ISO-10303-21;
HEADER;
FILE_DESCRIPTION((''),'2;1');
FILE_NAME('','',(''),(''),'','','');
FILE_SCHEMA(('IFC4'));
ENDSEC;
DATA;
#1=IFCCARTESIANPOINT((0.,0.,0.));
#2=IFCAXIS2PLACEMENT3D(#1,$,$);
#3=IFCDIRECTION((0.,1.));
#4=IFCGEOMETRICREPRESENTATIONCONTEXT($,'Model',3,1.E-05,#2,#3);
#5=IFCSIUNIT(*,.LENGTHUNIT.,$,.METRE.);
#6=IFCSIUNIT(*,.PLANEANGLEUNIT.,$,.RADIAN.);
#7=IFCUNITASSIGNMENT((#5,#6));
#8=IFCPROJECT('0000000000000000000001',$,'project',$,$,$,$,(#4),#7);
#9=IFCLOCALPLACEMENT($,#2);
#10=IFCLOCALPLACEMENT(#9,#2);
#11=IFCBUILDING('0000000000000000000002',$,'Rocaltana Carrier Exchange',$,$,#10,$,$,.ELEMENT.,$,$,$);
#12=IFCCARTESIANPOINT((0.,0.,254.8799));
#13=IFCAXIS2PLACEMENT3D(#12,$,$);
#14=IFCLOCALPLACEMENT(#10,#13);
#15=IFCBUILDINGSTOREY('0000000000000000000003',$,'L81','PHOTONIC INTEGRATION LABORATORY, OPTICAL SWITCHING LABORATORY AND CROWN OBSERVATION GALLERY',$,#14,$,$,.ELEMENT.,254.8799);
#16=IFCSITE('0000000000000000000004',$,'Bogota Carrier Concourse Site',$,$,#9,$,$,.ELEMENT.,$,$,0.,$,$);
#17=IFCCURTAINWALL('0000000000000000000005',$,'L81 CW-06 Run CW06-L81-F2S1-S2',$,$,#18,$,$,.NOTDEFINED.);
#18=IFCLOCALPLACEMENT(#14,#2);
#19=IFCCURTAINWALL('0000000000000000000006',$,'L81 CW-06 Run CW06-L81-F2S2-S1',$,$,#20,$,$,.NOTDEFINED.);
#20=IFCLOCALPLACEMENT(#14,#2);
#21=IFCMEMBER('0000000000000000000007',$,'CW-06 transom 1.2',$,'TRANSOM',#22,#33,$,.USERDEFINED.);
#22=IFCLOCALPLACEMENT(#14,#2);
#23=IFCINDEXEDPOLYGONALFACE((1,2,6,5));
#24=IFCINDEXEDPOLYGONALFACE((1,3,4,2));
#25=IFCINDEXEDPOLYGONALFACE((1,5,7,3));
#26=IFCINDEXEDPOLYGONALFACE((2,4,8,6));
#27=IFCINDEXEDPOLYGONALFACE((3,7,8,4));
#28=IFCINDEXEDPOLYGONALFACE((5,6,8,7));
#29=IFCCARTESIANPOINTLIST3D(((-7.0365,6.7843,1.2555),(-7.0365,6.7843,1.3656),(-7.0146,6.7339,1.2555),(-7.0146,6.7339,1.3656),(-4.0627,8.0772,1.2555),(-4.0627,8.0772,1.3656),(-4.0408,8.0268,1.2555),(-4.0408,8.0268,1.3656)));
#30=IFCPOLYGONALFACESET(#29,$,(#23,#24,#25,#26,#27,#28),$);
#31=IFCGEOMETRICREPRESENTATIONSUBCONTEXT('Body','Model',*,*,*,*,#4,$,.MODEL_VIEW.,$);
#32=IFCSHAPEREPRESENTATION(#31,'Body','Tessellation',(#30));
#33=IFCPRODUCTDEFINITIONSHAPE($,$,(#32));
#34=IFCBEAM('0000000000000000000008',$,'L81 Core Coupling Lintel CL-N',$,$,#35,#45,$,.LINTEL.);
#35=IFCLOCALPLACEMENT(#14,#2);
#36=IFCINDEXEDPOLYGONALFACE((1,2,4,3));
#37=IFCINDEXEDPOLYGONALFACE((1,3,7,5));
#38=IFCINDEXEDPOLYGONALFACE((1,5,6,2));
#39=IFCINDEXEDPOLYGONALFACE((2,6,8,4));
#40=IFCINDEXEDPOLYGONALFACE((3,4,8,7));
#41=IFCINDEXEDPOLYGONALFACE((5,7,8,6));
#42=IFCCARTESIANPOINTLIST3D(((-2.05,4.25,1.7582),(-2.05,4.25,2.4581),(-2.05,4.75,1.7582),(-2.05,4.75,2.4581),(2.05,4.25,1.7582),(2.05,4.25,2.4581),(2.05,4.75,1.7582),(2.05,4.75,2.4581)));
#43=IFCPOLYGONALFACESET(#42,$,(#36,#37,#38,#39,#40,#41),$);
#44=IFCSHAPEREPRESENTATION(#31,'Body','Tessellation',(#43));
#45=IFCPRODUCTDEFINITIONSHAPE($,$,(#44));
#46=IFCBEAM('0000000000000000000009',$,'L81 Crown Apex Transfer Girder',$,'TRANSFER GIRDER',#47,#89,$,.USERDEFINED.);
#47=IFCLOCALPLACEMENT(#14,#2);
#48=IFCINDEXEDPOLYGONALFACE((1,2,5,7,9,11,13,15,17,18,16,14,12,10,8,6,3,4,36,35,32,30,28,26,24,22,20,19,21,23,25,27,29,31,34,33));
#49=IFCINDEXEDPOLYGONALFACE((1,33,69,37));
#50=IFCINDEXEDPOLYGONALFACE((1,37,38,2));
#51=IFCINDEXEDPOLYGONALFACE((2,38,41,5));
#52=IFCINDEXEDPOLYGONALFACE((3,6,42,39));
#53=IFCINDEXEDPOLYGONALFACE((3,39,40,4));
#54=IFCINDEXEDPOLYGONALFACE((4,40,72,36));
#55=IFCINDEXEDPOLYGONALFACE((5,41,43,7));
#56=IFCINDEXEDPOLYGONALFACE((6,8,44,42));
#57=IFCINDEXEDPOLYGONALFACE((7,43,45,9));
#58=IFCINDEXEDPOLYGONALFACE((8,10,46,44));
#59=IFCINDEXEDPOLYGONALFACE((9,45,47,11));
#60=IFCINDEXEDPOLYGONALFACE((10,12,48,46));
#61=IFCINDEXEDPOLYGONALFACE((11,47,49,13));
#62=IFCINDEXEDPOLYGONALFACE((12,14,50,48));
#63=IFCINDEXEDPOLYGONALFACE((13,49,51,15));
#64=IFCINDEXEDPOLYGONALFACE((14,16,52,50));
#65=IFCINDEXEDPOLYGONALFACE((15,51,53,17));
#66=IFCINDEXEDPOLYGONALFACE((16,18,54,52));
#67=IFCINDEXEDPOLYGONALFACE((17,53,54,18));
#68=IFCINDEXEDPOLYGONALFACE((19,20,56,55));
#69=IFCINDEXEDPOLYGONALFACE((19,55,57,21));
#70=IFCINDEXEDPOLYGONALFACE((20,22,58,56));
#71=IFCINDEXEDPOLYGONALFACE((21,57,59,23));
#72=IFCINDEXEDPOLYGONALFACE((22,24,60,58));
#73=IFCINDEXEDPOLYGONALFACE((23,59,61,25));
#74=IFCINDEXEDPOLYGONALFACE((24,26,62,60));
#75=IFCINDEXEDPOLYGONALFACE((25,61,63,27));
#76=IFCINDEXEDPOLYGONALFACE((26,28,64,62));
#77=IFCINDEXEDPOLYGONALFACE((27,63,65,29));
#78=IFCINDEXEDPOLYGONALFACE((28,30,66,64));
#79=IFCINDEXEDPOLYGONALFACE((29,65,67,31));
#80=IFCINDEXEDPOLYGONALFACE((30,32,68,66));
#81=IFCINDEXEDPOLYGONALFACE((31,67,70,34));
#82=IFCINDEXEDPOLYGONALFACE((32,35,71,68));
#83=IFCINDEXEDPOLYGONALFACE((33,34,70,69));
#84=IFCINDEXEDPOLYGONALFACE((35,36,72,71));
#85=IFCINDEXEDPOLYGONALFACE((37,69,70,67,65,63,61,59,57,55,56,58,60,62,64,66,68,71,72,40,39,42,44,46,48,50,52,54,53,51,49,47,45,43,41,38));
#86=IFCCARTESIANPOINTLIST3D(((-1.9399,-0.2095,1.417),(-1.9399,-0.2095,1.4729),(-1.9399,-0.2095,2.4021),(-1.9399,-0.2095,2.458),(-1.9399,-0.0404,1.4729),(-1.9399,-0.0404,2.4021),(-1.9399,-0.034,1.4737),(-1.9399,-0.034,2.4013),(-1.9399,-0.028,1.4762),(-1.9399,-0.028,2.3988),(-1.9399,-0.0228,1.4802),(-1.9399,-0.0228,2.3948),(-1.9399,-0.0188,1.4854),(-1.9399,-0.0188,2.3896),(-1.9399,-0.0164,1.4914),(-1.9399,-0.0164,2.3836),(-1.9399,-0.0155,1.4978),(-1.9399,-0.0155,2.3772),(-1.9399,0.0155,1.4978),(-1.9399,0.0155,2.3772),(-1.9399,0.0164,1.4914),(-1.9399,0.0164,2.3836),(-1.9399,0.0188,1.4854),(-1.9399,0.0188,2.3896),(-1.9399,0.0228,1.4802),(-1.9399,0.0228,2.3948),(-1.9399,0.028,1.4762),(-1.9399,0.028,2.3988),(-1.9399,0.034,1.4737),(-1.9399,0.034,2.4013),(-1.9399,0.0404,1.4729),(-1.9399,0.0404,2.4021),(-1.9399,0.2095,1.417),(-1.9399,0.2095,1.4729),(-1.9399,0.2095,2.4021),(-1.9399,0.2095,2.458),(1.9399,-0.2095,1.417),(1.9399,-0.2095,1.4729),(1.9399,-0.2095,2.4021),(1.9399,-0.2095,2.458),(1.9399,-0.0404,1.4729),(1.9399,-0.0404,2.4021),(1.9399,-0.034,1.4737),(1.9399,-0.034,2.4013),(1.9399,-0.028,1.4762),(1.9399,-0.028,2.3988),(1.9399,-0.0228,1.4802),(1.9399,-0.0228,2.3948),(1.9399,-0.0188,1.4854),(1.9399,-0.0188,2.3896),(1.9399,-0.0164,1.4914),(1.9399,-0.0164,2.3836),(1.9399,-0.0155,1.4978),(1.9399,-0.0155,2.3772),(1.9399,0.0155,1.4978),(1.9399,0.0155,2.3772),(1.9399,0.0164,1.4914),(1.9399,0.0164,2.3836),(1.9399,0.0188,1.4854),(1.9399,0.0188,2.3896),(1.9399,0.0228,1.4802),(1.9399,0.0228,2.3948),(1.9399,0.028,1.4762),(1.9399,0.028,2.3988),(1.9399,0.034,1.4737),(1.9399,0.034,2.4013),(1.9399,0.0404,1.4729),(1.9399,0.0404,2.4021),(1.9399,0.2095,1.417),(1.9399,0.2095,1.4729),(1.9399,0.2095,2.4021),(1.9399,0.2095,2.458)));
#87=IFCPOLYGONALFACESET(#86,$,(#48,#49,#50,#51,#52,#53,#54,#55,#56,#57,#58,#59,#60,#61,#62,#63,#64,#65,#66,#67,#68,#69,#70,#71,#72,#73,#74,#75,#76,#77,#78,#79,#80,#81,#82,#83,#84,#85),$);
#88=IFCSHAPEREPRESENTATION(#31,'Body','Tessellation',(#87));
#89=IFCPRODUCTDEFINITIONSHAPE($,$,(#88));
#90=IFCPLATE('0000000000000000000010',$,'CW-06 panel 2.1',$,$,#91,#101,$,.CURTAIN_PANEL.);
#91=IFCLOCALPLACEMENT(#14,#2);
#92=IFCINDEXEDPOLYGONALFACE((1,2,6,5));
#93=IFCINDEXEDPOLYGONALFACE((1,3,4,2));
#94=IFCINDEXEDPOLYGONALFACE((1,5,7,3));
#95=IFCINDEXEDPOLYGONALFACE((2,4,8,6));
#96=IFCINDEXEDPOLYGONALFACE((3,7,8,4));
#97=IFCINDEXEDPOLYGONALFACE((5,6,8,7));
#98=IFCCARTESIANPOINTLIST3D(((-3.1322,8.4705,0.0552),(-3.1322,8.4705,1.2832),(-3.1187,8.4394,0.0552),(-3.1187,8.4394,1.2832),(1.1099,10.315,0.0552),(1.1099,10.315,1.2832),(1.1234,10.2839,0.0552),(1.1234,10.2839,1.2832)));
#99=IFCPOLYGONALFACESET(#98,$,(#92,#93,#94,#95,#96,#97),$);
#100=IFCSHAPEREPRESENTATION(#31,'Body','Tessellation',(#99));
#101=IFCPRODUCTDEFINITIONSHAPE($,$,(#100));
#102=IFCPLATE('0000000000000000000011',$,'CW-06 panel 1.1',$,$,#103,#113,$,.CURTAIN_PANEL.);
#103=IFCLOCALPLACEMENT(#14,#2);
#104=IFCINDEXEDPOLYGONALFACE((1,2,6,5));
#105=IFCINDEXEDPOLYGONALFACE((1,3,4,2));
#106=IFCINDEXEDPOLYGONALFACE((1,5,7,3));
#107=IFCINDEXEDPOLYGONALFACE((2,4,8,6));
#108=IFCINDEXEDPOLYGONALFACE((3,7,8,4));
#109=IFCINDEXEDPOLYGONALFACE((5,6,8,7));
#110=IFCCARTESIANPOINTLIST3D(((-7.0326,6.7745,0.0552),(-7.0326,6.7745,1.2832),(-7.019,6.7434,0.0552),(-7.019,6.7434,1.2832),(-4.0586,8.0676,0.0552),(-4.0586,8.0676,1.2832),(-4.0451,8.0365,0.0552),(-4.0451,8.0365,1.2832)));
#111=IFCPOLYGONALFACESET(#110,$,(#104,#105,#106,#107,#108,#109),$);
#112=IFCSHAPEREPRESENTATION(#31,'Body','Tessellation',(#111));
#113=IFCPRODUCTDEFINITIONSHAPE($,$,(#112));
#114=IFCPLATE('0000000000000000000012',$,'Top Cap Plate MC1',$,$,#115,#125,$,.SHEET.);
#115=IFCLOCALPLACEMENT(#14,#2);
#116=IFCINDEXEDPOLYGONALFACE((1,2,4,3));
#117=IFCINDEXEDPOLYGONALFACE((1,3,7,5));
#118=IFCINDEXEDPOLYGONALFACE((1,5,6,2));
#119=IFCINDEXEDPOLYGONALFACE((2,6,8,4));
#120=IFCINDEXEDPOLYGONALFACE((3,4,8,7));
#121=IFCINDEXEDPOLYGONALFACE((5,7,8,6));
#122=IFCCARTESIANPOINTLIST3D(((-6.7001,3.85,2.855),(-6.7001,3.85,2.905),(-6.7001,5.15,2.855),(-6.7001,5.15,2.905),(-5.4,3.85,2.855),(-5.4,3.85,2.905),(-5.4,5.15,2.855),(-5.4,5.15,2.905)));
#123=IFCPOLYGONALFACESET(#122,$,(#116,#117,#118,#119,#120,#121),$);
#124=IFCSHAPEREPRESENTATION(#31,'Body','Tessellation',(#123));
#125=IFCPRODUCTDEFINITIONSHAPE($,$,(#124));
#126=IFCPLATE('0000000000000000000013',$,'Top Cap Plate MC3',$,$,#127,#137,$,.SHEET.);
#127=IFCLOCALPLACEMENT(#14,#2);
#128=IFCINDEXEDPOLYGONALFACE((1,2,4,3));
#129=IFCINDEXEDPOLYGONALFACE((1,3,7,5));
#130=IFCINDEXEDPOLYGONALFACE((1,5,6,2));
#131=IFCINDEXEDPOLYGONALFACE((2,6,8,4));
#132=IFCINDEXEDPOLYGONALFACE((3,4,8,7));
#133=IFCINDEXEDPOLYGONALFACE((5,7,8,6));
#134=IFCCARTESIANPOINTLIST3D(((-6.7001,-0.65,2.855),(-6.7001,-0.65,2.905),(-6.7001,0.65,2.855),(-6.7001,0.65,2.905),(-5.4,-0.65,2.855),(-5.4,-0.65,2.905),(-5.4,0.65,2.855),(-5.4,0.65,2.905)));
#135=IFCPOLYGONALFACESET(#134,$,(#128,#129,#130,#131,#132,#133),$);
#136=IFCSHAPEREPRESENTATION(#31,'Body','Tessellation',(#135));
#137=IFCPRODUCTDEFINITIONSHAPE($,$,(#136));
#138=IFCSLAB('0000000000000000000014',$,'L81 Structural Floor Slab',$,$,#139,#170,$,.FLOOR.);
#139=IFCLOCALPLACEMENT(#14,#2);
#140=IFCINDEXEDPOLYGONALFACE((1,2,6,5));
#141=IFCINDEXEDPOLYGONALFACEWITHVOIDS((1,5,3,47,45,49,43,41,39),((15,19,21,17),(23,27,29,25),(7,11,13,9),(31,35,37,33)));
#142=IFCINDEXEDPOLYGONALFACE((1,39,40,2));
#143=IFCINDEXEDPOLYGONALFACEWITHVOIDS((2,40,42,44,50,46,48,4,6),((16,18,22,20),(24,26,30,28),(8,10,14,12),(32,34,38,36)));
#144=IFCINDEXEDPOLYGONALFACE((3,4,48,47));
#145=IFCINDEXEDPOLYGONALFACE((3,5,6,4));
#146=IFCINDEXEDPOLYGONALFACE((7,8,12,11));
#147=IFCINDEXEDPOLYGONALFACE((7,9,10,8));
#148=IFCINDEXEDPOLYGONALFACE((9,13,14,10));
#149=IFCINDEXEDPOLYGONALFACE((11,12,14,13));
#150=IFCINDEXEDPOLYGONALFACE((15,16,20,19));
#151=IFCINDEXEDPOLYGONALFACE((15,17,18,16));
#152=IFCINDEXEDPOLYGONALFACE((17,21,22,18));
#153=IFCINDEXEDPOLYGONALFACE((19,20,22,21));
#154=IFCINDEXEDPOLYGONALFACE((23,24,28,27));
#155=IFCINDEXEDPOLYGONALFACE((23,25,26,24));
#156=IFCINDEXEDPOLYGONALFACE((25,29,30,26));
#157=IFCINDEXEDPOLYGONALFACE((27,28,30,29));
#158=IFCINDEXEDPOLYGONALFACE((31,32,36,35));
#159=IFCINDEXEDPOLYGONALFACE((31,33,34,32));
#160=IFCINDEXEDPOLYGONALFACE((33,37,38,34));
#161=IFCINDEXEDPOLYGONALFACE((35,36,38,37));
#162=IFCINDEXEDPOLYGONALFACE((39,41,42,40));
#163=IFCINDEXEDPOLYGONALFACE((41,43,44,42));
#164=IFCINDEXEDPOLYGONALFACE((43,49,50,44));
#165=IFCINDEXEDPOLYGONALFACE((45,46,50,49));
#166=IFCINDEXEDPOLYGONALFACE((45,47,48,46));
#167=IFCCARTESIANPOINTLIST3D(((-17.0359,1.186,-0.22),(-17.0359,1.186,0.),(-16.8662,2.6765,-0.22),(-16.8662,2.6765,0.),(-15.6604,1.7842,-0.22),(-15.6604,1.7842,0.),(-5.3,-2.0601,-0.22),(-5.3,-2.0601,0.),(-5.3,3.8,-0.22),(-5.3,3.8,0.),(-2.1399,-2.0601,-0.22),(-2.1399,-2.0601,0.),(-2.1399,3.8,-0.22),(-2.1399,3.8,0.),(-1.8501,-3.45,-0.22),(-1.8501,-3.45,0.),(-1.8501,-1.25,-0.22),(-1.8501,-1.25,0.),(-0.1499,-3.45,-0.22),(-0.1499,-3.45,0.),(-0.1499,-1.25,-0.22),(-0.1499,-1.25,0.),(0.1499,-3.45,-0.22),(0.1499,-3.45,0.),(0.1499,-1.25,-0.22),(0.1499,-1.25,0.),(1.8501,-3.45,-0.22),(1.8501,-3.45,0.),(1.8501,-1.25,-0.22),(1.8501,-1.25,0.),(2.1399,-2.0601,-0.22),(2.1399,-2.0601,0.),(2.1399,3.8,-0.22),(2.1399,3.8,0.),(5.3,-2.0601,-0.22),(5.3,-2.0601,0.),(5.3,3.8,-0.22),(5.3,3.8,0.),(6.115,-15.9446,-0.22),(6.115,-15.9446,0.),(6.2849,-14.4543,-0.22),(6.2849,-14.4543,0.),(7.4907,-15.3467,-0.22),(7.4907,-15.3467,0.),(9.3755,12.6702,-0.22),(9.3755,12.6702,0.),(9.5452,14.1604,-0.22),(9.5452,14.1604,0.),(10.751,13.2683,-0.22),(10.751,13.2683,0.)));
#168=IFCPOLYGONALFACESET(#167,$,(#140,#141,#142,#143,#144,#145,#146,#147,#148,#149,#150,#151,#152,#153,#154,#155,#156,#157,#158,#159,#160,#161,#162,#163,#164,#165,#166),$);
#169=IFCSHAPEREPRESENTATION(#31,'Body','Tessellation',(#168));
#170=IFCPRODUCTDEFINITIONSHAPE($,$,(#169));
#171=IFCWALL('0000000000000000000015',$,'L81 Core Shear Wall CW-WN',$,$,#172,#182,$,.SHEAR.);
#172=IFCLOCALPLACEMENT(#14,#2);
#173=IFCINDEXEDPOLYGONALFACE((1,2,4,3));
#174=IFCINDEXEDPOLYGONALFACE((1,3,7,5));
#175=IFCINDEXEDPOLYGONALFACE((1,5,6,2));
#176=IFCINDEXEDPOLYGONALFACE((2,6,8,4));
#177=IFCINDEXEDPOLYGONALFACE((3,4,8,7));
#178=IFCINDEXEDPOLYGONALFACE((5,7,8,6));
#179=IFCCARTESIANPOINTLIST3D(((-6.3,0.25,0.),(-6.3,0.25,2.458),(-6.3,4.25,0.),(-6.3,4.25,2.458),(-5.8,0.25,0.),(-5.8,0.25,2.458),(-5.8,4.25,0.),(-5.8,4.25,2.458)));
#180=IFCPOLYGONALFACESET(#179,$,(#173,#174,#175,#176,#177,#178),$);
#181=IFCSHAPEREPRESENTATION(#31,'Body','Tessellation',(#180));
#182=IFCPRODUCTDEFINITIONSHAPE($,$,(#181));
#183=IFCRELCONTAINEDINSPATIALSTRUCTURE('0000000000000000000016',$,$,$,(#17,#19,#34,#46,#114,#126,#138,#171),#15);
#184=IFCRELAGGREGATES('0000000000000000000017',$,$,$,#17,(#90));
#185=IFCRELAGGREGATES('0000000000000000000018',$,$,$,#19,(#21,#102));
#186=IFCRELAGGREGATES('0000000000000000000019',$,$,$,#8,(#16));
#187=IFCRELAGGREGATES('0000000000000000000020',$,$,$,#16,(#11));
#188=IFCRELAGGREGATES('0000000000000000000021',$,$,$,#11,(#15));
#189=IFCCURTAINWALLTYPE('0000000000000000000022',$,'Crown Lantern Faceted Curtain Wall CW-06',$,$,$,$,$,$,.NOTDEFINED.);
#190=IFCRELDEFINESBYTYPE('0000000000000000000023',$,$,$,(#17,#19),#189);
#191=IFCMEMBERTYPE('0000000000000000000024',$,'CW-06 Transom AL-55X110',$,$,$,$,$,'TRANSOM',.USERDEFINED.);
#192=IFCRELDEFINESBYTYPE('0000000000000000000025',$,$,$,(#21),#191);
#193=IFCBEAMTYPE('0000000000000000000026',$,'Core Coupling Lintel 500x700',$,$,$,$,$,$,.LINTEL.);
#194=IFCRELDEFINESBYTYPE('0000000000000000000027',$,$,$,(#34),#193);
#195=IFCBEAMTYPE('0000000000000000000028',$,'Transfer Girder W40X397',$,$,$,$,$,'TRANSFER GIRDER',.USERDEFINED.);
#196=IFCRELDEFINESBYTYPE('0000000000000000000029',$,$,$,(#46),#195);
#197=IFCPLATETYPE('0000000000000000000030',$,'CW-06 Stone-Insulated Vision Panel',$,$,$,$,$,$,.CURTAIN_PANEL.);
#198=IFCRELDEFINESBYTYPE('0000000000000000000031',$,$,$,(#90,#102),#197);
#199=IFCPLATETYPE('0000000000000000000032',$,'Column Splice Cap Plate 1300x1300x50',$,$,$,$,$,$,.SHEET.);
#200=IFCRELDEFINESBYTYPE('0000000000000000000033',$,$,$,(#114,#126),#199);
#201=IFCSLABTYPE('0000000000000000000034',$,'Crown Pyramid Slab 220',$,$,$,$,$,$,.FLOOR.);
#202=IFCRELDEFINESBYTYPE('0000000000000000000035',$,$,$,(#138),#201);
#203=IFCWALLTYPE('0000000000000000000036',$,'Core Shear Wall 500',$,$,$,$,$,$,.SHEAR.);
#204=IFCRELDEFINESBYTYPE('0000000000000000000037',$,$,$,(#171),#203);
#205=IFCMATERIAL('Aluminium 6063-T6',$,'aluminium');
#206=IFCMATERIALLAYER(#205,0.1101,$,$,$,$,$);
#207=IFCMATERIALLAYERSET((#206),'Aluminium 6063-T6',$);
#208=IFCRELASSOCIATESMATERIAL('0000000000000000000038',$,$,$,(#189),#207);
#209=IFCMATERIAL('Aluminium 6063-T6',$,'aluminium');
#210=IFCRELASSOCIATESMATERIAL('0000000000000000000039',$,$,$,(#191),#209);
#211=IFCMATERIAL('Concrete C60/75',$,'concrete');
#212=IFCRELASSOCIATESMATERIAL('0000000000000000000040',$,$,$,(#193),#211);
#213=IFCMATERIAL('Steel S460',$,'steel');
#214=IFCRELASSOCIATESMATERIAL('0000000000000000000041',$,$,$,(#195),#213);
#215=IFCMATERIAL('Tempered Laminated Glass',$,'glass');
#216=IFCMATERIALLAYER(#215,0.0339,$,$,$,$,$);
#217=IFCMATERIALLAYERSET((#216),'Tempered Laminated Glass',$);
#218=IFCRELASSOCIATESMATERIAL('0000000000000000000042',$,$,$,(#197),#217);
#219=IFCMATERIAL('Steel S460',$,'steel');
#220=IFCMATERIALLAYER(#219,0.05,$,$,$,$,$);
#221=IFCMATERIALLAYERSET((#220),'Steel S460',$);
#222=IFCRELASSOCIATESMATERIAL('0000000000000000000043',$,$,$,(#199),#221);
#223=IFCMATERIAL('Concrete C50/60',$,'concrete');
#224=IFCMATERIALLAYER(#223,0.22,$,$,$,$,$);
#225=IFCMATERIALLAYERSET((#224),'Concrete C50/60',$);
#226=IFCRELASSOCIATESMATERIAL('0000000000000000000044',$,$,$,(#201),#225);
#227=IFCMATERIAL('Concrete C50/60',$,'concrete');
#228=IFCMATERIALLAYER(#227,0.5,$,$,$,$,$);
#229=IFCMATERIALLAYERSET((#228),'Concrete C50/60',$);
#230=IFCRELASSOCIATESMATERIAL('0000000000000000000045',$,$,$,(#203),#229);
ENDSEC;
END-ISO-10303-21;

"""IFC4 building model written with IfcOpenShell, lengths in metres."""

from ifc_helpers import new_model, si_unit, direction, frame, frame_2d, origin, origin_2d, place, context, subcontext, project, spatial, polyline, rectangle, i_section, outline, extrude, material, layer, layer_set, material_profile, profile_set, type_object, element, aggregate, save


model = new_model("IFC4")

# Units and contexts
model_context = context("Model", 3, precision=1e-05, world=origin(), true_north=direction((0.0, 1.0)))
body_context = subcontext(model_context, "Body", "Model", "MODEL_VIEW")
ifc_project = project(units=[si_unit("LENGTHUNIT", "METRE"), si_unit("PLANEANGLEUNIT", "RADIAN")], contexts=[model_context])

# Site, building, storey
site_placement = place(None, origin())
site = spatial("IfcSite", under=ifc_project, at=site_placement, Name="Bogota Carrier Concourse Site", CompositionType="ELEMENT", RefElevation=0.0)
building_placement = place(site_placement, origin())
building = spatial("IfcBuilding", under=site, at=building_placement, Name="Rocaltana Carrier Exchange", CompositionType="ELEMENT")
storey_placement = place(building_placement, frame((0.0, 0.0, 254.8799)))
storey = spatial("IfcBuildingStorey", under=building, at=storey_placement, Name="L81", Description="PHOTONIC INTEGRATION LABORATORY, OPTICAL SWITCHING LABORATORY AND CROWN OBSERVATION GALLERY", CompositionType="ELEMENT", Elevation=254.8799)

# Curtain walls
ifc_material_1 = material(Name="Aluminium 6063-T6", Category="aluminium")
ifc_layer_1 = layer(ifc_material_1, 0.1101)
ifc_layer_set_1 = layer_set([ifc_layer_1], Name="Aluminium 6063-T6")
curtain_wall_type = type_object("IfcCurtainWallType", Name="Crown Lantern Faceted Curtain Wall CW-06", PredefinedType="NOTDEFINED", material=ifc_layer_set_1)
curtain_wall_1_placement = place(storey_placement, origin())
curtain_wall_1 = element("IfcCurtainWall", 1, at=curtain_wall_1_placement, inside=storey, type_object=curtain_wall_type, Name="L81 CW-06 Run CW06-L81-F2S1-S2", PredefinedType="NOTDEFINED")
curtain_wall_2_placement = place(storey_placement, origin())
curtain_wall_2 = element("IfcCurtainWall", 2, at=curtain_wall_2_placement, inside=storey, type_object=curtain_wall_type, Name="L81 CW-06 Run CW06-L81-F2S2-S1", PredefinedType="NOTDEFINED")

# Member
ifc_material_2 = material(Name="Aluminium 6063-T6", Category="aluminium")
ifc_material_profile_1 = material_profile(ifc_material_2, rectangle(XDim=0.0549, YDim=0.1101, at=origin_2d()), Name="AL-55X110")
ifc_profile_set_1 = profile_set([ifc_material_profile_1], Name="Aluminium 6063-T6")
member_type_1 = type_object("IfcMemberType", Name="CW-06 Transom AL-55X110", ElementType="TRANSOM", PredefinedType="USERDEFINED", material=ifc_profile_set_1)
member_1_placement = place(storey_placement, frame((-4.0518, 8.052, 1.3105), z_axis=(-0.917072, -0.398721, 0.0), x_axis=(0.398721, -0.917072, 0.0)))
member_1 = element("IfcMember", 3, at=member_1_placement, type_object=member_type_1, Name="CW-06 transom 1.2", ObjectType="TRANSOM", PredefinedType="USERDEFINED", context=body_context, shape_type="SweptSolid", body=[
    extrude(rectangle(XDim=0.0549, YDim=0.1101, at=origin_2d()), origin(), (0.0, 0.0, 1.0), 3.2427),
])

# Beams
ifc_material_3 = material(Name="Concrete C60/75", Category="concrete")
ifc_material_profile_2 = material_profile(ifc_material_3, rectangle(XDim=0.5, YDim=0.7, at=origin_2d()), Name="RC-BM-500X700")
ifc_profile_set_2 = profile_set([ifc_material_profile_2], Name="Concrete C60/75")
beam_type_1 = type_object("IfcBeamType", Name="Core Coupling Lintel 500x700", PredefinedType="LINTEL", material=ifc_profile_set_2)
beam_1_placement = place(storey_placement, frame((-2.05, 4.5, 2.1082), z_axis=(1.0, 0.0, 0.0), x_axis=(0.0, 1.0, 0.0)))
element("IfcBeam", 4, at=beam_1_placement, inside=storey, type_object=beam_type_1, Name="L81 Core Coupling Lintel CL-N", PredefinedType="LINTEL", context=body_context, shape_type="SweptSolid", body=[
    extrude(rectangle(XDim=0.5, YDim=0.7, at=origin_2d()), origin(), (0.0, 0.0, 1.0), 4.1001),
])
ifc_material_4 = material(Name="Steel S460", Category="steel")
ifc_material_profile_3 = material_profile(ifc_material_4, i_section(OverallWidth=0.4189, OverallDepth=1.041, WebThickness=0.031, FlangeThickness=0.0559, FilletRadius=0.0249, at=origin_2d()), Name="W40X397")
ifc_profile_set_3 = profile_set([ifc_material_profile_3], Name="Steel S460")
beam_type_2 = type_object("IfcBeamType", Name="Transfer Girder W40X397", ElementType="TRANSFER GIRDER", PredefinedType="USERDEFINED", material=ifc_profile_set_3)
beam_2_placement = place(storey_placement, frame((-1.9399, 0.0, 1.9375), z_axis=(1.0, 0.0, 0.0), x_axis=(0.0, 1.0, 0.0)))
element("IfcBeam", 5, at=beam_2_placement, inside=storey, type_object=beam_type_2, Name="L81 Crown Apex Transfer Girder", ObjectType="TRANSFER GIRDER", PredefinedType="USERDEFINED", context=body_context, shape_type="SweptSolid", body=[
    extrude(i_section(OverallWidth=0.4189, OverallDepth=1.041, WebThickness=0.031, FlangeThickness=0.0559, FilletRadius=0.0249, at=origin_2d()), origin(), (0.0, 0.0, 1.0), 3.8799),
])

# Plates
ifc_material_5 = material(Name="Tempered Laminated Glass", Category="glass")
ifc_layer_2 = layer(ifc_material_5, 0.0339)
ifc_layer_set_2 = layer_set([ifc_layer_2], Name="Tempered Laminated Glass")
plate_type_1 = type_object("IfcPlateType", Name="CW-06 Stone-Insulated Vision Panel", PredefinedType="CURTAIN_PANEL", material=ifc_layer_set_2)
plate_1_placement = place(storey_placement, frame((-1.0044, 9.3772, 0.0552), z_axis=(0.0, 0.0, 1.0), x_axis=(-0.917061, -0.398747, 0.0)))
plate_1 = element("IfcPlate", 6, at=plate_1_placement, type_object=plate_type_1, Name="CW-06 panel 2.1", PredefinedType="CURTAIN_PANEL", context=body_context, shape_type="SweptSolid", body=[
    extrude(rectangle(XDim=4.6257, YDim=0.0339, at=origin_2d()), origin(), (0.0, 0.0, 1.0), 1.228),
])
aggregate(curtain_wall_1, [plate_1])
plate_2_placement = place(storey_placement, frame((-5.5388, 7.4055, 0.0552), z_axis=(0.0, 0.0, 1.0), x_axis=(-0.917059, -0.398751, 0.0)))
plate_2 = element("IfcPlate", 7, at=plate_2_placement, type_object=plate_type_1, Name="CW-06 panel 1.1", PredefinedType="CURTAIN_PANEL", context=body_context, shape_type="SweptSolid", body=[
    extrude(rectangle(XDim=3.2429, YDim=0.0339, at=origin_2d()), origin(), (0.0, 0.0, 1.0), 1.228),
])
aggregate(curtain_wall_2, [member_1, plate_2])

# Plates
ifc_material_6 = material(Name="Steel S460", Category="steel")
ifc_layer_3 = layer(ifc_material_6, 0.05)
ifc_layer_set_3 = layer_set([ifc_layer_3], Name="Steel S460")
plate_type_2 = type_object("IfcPlateType", Name="Column Splice Cap Plate 1300x1300x50", PredefinedType="SHEET", material=ifc_layer_set_3)
for number, where, z_axis, x_axis, name in (
    (8, (-6.05, 4.5, 2.855), (0.0, 0.0, 1.0), (1.0, 0.0, 0.0), "Top Cap Plate MC1"),
    (9, (-6.05, 0.0, 2.855), (0.0, 0.0, 1.0), (1.0, 0.0, 0.0), "Top Cap Plate MC3"),
):
    element("IfcPlate", number, at=place(storey_placement, frame(where, z_axis=z_axis, x_axis=x_axis)), inside=storey, type_object=plate_type_2, Name=name, PredefinedType="SHEET", context=body_context, shape_type="SweptSolid", body=[
        extrude(rectangle(XDim=1.3, YDim=1.3, at=origin_2d()), origin(), (0.0, 0.0, 1.0), 0.05),
    ])

# Slab
ifc_material_7 = material(Name="Concrete C50/60", Category="concrete")
ifc_layer_4 = layer(ifc_material_7, 0.22)
ifc_layer_set_4 = layer_set([ifc_layer_4], Name="Concrete C50/60")
slab_type = type_object("IfcSlabType", Name="Crown Pyramid Slab 220", PredefinedType="FLOOR", material=ifc_layer_set_4)
slab_placement = place(storey_placement, frame((0.0, 0.0, -0.22)))
element("IfcSlab", 10, at=slab_placement, inside=storey, type_object=slab_type, Name="L81 Structural Floor Slab", PredefinedType="FLOOR", context=body_context, shape_type="SweptSolid", body=[
    extrude(outline(polyline([(6.115, -15.9446), (6.2849, -14.4543), (7.4907, -15.3467), (10.751, 13.2683), (9.3755, 12.6702), (9.5452, 14.1604), (-16.8662, 2.6765), (-15.6604, 1.7842), (-17.0359, 1.186), (6.115, -15.9446)]), holes=[polyline([(-5.3, -2.0601), (-2.1399, -2.0601), (-2.1399, 3.8), (-5.3, 3.8), (-5.3, -2.0601)]), polyline([(2.1399, -2.0601), (5.3, -2.0601), (5.3, 3.8), (2.1399, 3.8), (2.1399, -2.0601)]), polyline([(-1.8501, -3.45), (-0.1499, -3.45), (-0.1499, -1.25), (-1.8501, -1.25), (-1.8501, -3.45)]), polyline([(0.1499, -3.45), (1.8501, -3.45), (1.8501, -1.25), (0.1499, -1.25), (0.1499, -3.45)])]), origin(), (0.0, 0.0, 1.0), 0.22),
])

# Wall
ifc_material_8 = material(Name="Concrete C50/60", Category="concrete")
ifc_layer_5 = layer(ifc_material_8, 0.5)
ifc_layer_set_5 = layer_set([ifc_layer_5], Name="Concrete C50/60")
wall_type_1 = type_object("IfcWallType", Name="Core Shear Wall 500", PredefinedType="SHEAR", material=ifc_layer_set_5)
wall_1_placement = place(storey_placement, frame((-6.05, 0.25, 0.0), z_axis=(0.0, 0.0, 1.0), x_axis=(0.0, 1.0, 0.0)))
element("IfcWall", 11, at=wall_1_placement, inside=storey, type_object=wall_type_1, Name="L81 Core Shear Wall CW-WN", PredefinedType="SHEAR", context=body_context, shape_type="SweptSolid", body=[
    extrude(rectangle(XDim=4.0, YDim=0.5, at=frame_2d((2.0, 0.0))), origin(), (0.0, 0.0, 1.0), 2.458),
])

save(model, "model.ifc")
